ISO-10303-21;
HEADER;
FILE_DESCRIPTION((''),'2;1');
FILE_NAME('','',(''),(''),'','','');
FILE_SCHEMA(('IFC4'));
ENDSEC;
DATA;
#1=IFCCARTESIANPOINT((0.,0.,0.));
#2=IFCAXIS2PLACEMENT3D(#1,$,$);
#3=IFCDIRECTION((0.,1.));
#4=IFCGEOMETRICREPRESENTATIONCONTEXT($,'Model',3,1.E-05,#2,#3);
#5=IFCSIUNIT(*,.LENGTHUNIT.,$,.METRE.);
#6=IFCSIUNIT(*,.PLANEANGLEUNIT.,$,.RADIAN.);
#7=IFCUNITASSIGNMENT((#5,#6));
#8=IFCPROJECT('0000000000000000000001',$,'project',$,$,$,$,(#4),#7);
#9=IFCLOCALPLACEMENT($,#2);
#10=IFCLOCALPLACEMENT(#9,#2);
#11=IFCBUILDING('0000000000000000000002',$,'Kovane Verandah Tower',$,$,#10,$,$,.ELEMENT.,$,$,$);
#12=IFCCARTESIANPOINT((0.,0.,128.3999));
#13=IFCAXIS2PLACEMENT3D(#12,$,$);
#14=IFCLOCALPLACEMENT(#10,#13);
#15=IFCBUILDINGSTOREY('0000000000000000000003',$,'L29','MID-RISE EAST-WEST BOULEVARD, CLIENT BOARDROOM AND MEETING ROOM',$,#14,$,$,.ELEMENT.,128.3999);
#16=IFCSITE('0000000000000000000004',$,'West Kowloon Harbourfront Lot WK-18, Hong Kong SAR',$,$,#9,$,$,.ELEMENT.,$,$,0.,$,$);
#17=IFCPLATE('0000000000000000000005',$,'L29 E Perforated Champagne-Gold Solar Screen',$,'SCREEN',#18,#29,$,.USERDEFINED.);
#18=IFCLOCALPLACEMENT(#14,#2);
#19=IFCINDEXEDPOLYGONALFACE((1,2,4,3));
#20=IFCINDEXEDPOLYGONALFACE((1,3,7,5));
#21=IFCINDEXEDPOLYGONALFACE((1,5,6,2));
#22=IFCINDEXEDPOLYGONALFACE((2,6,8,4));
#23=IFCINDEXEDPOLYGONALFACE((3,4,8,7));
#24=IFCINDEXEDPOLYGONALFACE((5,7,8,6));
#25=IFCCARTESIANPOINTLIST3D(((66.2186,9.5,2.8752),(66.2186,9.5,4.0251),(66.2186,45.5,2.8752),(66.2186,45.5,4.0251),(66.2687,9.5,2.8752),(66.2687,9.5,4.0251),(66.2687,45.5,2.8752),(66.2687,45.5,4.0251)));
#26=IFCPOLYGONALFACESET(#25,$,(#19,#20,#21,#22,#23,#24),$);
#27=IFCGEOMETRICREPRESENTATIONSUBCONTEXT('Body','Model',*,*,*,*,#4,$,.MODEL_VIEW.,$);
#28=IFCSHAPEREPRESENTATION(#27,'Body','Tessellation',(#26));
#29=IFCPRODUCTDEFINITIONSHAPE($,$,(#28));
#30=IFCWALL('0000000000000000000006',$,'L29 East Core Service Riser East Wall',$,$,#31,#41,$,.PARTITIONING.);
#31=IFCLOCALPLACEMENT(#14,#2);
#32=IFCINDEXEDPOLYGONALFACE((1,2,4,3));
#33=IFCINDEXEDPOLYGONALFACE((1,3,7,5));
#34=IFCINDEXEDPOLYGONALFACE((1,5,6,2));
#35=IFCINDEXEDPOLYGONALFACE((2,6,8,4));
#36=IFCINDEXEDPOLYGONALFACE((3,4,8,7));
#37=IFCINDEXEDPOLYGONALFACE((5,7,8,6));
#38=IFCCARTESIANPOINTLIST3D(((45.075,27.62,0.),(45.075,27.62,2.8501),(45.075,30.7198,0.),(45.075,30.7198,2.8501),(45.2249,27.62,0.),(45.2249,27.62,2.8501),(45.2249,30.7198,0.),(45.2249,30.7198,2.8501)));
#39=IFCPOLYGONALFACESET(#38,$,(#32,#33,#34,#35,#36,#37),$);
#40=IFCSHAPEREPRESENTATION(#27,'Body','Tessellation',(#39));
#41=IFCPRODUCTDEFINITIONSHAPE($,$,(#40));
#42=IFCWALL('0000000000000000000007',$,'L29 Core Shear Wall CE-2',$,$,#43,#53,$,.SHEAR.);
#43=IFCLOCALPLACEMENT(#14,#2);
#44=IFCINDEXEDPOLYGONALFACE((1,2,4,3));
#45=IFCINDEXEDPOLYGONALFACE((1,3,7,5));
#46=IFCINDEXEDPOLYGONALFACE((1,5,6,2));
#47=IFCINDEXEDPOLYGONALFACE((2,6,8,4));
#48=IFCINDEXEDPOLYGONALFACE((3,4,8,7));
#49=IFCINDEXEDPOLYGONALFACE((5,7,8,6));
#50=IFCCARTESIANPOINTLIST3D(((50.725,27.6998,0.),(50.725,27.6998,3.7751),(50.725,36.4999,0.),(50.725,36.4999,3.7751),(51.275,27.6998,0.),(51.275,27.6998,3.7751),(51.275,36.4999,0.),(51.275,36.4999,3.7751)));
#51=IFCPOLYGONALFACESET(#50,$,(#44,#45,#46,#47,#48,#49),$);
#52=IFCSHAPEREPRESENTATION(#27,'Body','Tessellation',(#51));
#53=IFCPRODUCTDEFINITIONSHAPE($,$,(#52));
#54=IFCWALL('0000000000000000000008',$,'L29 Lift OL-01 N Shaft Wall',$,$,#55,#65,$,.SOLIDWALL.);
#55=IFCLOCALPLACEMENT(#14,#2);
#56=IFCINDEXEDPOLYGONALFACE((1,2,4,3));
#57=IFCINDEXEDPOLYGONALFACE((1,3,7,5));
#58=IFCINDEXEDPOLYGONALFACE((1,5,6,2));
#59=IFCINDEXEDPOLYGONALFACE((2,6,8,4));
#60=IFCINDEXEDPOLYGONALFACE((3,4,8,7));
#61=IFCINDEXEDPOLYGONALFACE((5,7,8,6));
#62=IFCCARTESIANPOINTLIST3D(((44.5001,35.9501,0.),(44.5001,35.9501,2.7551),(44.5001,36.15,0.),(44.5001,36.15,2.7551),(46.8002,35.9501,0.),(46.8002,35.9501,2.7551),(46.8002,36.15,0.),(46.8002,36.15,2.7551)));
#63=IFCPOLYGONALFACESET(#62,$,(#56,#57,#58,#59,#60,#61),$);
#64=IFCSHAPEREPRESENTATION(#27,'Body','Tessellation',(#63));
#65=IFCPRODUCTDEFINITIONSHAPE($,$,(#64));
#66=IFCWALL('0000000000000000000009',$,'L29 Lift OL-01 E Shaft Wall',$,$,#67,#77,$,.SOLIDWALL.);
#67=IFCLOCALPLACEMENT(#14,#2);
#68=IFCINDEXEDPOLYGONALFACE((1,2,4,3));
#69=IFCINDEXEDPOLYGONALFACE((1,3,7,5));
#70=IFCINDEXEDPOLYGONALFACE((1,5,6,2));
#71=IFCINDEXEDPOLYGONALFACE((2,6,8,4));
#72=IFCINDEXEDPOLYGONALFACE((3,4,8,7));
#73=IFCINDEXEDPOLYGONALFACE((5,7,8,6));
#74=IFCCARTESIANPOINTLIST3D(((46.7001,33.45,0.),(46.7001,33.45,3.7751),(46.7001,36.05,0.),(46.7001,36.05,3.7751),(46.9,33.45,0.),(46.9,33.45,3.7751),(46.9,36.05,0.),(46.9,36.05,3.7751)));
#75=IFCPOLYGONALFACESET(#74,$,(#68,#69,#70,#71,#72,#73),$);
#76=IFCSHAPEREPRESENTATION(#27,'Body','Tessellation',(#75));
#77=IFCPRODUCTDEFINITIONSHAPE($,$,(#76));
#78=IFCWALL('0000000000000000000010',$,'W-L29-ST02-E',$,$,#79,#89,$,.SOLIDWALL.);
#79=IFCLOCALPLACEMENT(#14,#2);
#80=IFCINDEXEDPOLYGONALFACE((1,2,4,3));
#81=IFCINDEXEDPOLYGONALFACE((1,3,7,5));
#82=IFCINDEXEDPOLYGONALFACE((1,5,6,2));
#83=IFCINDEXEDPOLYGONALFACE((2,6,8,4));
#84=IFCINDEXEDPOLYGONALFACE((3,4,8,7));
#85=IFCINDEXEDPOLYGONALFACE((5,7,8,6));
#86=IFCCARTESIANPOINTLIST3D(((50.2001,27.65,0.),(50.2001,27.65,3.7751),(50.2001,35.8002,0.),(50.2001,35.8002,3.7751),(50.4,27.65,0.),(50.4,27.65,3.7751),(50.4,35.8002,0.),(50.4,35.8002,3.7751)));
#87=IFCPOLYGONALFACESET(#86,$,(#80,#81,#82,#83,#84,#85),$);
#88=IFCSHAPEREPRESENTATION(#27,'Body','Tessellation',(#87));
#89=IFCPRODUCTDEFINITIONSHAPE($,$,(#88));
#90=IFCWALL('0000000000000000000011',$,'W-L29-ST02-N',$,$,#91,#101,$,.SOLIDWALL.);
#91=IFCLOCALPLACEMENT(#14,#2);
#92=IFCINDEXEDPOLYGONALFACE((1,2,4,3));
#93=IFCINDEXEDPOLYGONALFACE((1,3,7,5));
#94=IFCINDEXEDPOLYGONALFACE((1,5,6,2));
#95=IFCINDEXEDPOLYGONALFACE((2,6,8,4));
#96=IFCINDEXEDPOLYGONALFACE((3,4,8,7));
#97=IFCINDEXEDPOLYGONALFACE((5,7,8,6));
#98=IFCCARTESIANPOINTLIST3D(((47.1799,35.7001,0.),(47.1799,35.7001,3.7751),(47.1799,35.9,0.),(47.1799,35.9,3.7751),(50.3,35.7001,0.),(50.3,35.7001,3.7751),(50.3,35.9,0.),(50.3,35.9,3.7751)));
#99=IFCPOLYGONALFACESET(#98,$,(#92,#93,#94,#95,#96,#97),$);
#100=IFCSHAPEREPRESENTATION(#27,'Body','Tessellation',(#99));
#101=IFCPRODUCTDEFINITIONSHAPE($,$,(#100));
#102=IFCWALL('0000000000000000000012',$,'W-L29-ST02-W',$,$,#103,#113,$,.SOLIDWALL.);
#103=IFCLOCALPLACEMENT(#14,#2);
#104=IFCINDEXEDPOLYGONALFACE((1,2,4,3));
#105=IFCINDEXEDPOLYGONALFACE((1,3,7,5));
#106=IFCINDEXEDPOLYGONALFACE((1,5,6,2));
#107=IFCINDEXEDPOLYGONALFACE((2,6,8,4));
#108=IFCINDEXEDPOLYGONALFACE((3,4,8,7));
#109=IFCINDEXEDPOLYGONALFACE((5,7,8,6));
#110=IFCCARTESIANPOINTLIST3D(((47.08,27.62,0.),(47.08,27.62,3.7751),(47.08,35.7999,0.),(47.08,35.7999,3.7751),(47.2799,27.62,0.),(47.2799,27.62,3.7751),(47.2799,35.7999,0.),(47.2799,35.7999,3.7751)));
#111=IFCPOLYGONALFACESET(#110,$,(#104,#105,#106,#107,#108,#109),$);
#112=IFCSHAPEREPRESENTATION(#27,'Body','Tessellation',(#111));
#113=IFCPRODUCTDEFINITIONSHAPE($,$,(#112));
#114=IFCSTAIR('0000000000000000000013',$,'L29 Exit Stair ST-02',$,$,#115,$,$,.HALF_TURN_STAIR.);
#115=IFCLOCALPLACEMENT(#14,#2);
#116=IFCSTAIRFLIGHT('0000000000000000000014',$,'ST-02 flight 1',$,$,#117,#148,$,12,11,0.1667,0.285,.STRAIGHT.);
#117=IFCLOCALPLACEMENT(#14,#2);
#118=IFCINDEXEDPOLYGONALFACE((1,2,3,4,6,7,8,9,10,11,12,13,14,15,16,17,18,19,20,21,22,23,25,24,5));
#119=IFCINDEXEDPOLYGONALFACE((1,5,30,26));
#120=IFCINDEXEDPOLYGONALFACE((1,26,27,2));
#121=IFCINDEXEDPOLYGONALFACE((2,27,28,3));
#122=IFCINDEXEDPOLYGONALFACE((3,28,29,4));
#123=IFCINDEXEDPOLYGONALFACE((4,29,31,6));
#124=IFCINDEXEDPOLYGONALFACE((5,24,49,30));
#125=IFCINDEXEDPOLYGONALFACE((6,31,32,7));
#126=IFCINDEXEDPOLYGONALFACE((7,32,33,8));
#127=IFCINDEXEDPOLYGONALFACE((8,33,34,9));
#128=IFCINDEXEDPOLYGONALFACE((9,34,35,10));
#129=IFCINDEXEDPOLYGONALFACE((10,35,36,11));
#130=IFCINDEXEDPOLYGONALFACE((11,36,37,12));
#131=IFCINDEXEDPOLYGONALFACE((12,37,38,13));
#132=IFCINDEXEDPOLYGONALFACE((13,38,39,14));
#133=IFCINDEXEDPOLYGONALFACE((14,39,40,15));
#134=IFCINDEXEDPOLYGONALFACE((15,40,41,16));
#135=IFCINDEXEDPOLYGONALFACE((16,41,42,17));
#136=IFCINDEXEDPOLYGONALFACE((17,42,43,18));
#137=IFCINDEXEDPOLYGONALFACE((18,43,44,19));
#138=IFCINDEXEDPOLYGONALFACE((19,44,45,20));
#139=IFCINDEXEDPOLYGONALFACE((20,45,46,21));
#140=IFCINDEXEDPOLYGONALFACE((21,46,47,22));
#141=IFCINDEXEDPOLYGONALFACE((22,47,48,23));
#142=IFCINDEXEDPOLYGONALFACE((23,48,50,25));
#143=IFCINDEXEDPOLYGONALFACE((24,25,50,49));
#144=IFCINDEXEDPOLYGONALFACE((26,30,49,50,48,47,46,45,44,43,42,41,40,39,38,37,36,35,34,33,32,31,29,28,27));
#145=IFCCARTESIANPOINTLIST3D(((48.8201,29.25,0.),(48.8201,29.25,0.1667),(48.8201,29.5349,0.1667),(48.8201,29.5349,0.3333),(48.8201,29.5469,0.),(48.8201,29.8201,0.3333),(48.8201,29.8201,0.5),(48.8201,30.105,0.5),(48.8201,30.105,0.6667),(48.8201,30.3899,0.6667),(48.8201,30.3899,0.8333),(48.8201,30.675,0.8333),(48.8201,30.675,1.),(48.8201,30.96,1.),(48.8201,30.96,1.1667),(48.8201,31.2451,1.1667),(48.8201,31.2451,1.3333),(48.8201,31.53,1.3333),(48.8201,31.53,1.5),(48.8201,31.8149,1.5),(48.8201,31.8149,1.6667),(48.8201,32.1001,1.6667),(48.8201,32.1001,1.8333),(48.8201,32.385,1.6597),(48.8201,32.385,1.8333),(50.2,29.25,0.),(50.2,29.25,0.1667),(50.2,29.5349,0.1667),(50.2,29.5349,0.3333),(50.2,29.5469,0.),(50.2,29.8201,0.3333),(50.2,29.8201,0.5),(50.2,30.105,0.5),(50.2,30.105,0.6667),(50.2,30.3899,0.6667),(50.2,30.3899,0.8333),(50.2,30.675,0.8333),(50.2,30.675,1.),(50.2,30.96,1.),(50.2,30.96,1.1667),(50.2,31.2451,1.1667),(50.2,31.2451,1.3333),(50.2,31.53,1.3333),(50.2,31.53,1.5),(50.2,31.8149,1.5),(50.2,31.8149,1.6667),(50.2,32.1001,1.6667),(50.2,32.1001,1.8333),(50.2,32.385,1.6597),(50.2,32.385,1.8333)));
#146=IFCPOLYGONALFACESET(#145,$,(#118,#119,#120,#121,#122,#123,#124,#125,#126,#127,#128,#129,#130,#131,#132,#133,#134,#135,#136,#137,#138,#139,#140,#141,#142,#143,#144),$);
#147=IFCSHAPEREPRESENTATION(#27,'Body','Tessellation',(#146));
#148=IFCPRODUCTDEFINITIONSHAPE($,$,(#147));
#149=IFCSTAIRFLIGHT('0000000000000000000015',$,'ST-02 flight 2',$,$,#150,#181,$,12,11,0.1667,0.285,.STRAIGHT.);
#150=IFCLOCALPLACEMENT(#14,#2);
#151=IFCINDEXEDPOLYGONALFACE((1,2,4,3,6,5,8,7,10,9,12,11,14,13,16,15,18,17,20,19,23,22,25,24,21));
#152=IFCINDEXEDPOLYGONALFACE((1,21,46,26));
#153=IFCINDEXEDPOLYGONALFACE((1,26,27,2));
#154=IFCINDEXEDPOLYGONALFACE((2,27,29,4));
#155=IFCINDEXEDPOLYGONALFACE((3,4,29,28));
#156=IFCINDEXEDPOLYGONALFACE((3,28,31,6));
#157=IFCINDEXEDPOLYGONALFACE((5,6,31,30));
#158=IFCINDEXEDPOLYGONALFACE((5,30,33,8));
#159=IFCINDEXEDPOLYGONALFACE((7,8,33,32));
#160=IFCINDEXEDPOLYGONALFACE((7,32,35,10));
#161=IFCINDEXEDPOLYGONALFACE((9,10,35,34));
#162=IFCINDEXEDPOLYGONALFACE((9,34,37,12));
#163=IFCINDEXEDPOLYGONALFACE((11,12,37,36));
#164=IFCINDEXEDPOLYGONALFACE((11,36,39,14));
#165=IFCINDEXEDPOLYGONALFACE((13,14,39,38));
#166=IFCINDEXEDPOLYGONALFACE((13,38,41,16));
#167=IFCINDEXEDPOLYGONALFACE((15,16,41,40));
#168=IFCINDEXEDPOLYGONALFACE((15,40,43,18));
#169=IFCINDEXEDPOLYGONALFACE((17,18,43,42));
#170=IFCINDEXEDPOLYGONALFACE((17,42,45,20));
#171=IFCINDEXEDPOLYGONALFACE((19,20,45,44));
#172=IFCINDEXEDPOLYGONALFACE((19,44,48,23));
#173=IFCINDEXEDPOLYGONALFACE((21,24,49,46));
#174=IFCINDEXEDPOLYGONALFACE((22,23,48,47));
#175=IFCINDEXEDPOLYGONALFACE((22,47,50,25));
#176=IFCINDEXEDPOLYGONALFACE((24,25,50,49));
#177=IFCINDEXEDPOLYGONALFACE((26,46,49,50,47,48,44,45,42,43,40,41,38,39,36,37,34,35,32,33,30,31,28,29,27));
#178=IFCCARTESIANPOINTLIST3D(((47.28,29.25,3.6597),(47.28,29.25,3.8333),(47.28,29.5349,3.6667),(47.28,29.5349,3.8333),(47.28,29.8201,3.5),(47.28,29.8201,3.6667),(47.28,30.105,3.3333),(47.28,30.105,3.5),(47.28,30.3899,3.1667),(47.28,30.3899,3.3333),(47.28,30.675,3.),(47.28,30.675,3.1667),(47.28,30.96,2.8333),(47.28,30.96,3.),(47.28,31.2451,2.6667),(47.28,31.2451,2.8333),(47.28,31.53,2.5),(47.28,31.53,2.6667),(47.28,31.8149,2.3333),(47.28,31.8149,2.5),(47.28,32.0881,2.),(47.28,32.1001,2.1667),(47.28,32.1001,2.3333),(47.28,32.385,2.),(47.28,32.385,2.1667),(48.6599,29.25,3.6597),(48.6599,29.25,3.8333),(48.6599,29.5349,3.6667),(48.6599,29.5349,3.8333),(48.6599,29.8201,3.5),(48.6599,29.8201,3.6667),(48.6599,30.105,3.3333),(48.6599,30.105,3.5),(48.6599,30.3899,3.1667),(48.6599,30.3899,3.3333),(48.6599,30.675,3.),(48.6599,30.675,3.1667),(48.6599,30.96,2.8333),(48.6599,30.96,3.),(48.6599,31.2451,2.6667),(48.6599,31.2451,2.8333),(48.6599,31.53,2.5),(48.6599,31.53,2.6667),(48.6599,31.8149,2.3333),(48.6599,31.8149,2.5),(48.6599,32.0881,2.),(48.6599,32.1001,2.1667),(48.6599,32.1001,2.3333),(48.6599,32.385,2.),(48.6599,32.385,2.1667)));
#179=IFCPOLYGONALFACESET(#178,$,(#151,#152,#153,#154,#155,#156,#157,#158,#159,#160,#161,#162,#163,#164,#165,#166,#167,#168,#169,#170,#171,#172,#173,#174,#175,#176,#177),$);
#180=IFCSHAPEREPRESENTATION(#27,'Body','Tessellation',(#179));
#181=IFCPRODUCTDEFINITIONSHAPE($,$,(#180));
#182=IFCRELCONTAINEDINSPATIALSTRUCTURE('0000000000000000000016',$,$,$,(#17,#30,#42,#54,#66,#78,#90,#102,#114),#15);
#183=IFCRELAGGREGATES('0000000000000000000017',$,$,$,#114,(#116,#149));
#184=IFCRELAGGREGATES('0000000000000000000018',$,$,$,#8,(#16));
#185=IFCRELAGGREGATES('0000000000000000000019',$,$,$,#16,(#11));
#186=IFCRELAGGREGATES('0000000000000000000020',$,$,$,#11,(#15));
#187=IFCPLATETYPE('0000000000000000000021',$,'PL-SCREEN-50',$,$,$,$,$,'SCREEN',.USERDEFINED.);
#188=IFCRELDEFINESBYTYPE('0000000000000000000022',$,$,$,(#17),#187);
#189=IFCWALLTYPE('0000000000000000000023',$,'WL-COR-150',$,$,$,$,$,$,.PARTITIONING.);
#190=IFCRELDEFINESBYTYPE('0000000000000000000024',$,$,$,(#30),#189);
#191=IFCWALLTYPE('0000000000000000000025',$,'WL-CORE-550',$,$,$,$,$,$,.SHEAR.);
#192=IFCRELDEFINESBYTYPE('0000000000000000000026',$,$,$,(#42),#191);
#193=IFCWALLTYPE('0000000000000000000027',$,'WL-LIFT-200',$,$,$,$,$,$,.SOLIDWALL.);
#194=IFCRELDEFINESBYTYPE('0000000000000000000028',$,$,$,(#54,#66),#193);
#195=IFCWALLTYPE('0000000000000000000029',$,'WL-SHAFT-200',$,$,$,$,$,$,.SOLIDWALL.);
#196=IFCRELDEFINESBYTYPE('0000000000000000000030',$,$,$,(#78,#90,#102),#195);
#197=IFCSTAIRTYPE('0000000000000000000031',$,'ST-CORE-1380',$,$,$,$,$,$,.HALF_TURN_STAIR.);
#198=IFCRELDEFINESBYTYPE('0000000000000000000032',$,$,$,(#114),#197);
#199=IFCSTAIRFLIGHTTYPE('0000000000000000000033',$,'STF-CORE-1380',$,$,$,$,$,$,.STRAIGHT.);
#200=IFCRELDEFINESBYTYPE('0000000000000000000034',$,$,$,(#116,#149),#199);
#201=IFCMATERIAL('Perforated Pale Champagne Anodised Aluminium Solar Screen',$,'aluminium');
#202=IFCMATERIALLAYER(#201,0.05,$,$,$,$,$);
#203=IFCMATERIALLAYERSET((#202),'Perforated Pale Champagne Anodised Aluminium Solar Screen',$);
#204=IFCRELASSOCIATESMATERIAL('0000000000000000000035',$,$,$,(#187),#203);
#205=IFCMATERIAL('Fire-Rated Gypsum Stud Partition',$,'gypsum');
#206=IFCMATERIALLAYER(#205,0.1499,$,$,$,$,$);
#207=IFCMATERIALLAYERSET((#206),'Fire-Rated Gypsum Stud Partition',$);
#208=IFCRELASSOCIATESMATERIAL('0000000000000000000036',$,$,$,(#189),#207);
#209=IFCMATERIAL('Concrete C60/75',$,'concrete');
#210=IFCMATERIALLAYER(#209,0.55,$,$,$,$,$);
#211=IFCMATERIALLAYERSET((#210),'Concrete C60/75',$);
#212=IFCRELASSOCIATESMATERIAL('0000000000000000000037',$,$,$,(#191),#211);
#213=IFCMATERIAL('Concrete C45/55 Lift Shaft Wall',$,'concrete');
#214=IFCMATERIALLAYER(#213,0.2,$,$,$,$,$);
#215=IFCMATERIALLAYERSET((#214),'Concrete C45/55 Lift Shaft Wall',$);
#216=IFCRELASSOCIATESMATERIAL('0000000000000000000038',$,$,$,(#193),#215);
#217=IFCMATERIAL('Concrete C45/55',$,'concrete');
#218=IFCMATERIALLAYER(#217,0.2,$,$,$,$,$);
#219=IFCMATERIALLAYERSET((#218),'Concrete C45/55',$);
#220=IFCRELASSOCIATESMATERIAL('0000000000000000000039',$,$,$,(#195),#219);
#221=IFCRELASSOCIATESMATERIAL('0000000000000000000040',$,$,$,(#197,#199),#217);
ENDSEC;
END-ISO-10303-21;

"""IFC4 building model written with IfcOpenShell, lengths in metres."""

from ifc_helpers import new_model, si_unit, direction, frame, frame_2d, origin, origin_2d, place, context, subcontext, project, spatial, polyline, rectangle, outline, extrude, material, layer, layer_set, type_object, element, aggregate, save


model = new_model("IFC4")

# Units and contexts
model_context = context("Model", 3, precision=1e-05, world=origin(), true_north=direction((0.0, 1.0)))
body_context = subcontext(model_context, "Body", "Model", "MODEL_VIEW")
ifc_project = project(units=[si_unit("LENGTHUNIT", "METRE"), si_unit("PLANEANGLEUNIT", "RADIAN")], contexts=[model_context])

# Site, building, storey
site_placement = place(None, origin())
site = spatial("IfcSite", under=ifc_project, at=site_placement, Name="West Kowloon Harbourfront Lot WK-18, Hong Kong SAR", CompositionType="ELEMENT", RefElevation=0.0)
building_placement = place(site_placement, origin())
building = spatial("IfcBuilding", under=site, at=building_placement, Name="Kovane Verandah Tower", CompositionType="ELEMENT")
storey_placement = place(building_placement, frame((0.0, 0.0, 128.3999)))
storey = spatial("IfcBuildingStorey", under=building, at=storey_placement, Name="L29", Description="MID-RISE EAST-WEST BOULEVARD, CLIENT BOARDROOM AND MEETING ROOM", CompositionType="ELEMENT", Elevation=128.3999)

# Plate
ifc_material_1 = material(Name="Perforated Pale Champagne Anodised Aluminium Solar Screen", Category="aluminium")
ifc_layer_1 = layer(ifc_material_1, 0.05)
ifc_layer_set_1 = layer_set([ifc_layer_1], Name="Perforated Pale Champagne Anodised Aluminium Solar Screen")
plate_type = type_object("IfcPlateType", Name="PL-SCREEN-50", ElementType="SCREEN", PredefinedType="USERDEFINED", material=ifc_layer_set_1)
plate_placement = place(storey_placement, frame((66.2437, 27.5, 2.8752), z_axis=(0.0, 0.0, 1.0), x_axis=(0.0, 1.0, 0.0)))
element("IfcPlate", 1, at=plate_placement, inside=storey, type_object=plate_type, Name="L29 E Perforated Champagne-Gold Solar Screen", ObjectType="SCREEN", PredefinedType="USERDEFINED", context=body_context, shape_type="SweptSolid", body=[
    extrude(rectangle(XDim=36.0, YDim=0.05, at=origin_2d()), origin(), (0.0, 0.0, 1.0), 1.1499),
])

# Walls
ifc_material_2 = material(Name="Fire-Rated Gypsum Stud Partition", Category="gypsum")
ifc_layer_2 = layer(ifc_material_2, 0.1499)
ifc_layer_set_2 = layer_set([ifc_layer_2], Name="Fire-Rated Gypsum Stud Partition")
wall_type_1 = type_object("IfcWallType", Name="WL-COR-150", PredefinedType="PARTITIONING", material=ifc_layer_set_2)
wall_1_placement = place(storey_placement, frame((45.1499, 27.6201, 0.0), z_axis=(0.0, 0.0, 1.0), x_axis=(0.0, 1.0, 0.0)))
element("IfcWall", 2, at=wall_1_placement, inside=storey, type_object=wall_type_1, Name="L29 East Core Service Riser East Wall", PredefinedType="PARTITIONING", context=body_context, shape_type="SweptSolid", body=[
    extrude(rectangle(XDim=3.0999, YDim=0.1499, at=frame_2d((1.5498, 0.0))), origin(), (0.0, 0.0, 1.0), 2.8501),
])
ifc_material_3 = material(Name="Concrete C60/75", Category="concrete")
ifc_layer_3 = layer(ifc_material_3, 0.55)
ifc_layer_set_3 = layer_set([ifc_layer_3], Name="Concrete C60/75")
wall_type_2 = type_object("IfcWallType", Name="WL-CORE-550", PredefinedType="SHEAR", material=ifc_layer_set_3)
wall_2_placement = place(storey_placement, frame((51.0, 27.7, 0.0), z_axis=(0.0, 0.0, 1.0), x_axis=(0.0, 1.0, 0.0)))
element("IfcWall", 3, at=wall_2_placement, inside=storey, type_object=wall_type_2, Name="L29 Core Shear Wall CE-2", PredefinedType="SHEAR", context=body_context, shape_type="SweptSolid", body=[
    extrude(rectangle(XDim=8.8, YDim=0.55, at=frame_2d((4.3999, 0.0))), origin(), (0.0, 0.0, 1.0), 3.7751),
])

# Walls
ifc_material_4 = material(Name="Concrete C45/55 Lift Shaft Wall", Category="concrete")
ifc_layer_4 = layer(ifc_material_4, 0.2)
ifc_layer_set_4 = layer_set([ifc_layer_4], Name="Concrete C45/55 Lift Shaft Wall")
wall_type_3 = type_object("IfcWallType", Name="WL-LIFT-200", PredefinedType="SOLIDWALL", material=ifc_layer_set_4)
wall_3_placement = place(storey_placement, frame((46.8, 36.05, 0.0), z_axis=(0.0, 0.0, 1.0), x_axis=(-1.0, 0.0, 0.0)))
element("IfcWall", 4, at=wall_3_placement, inside=storey, type_object=wall_type_3, Name="L29 Lift OL-01 N Shaft Wall", PredefinedType="SOLIDWALL", context=body_context, shape_type="SweptSolid", body=[
    extrude(rectangle(XDim=2.3, YDim=0.2, at=frame_2d((1.1499, 0.0))), origin(), (0.0, 0.0, 1.0), 2.7551),
])
wall_4_placement = place(storey_placement, frame((46.8, 33.45, 0.0), z_axis=(0.0, 0.0, 1.0), x_axis=(0.0, 1.0, 0.0)))
element("IfcWall", 5, at=wall_4_placement, inside=storey, type_object=wall_type_3, Name="L29 Lift OL-01 E Shaft Wall", PredefinedType="SOLIDWALL", context=body_context, shape_type="SweptSolid", body=[
    extrude(rectangle(XDim=2.6001, YDim=0.2, at=frame_2d((1.3, 0.0))), origin(), (0.0, 0.0, 1.0), 3.7751),
])
ifc_material_5 = material(Name="Concrete C45/55", Category="concrete")
ifc_layer_5 = layer(ifc_material_5, 0.2)
ifc_layer_set_5 = layer_set([ifc_layer_5], Name="Concrete C45/55")
wall_type_4 = type_object("IfcWallType", Name="WL-SHAFT-200", PredefinedType="SOLIDWALL", material=ifc_layer_set_5)
wall_5_placement = place(storey_placement, frame((50.3, 27.6499, 0.0), z_axis=(0.0, 0.0, 1.0), x_axis=(0.0, 1.0, 0.0)))
element("IfcWall", 6, at=wall_5_placement, inside=storey, type_object=wall_type_4, Name="W-L29-ST02-E", PredefinedType="SOLIDWALL", context=body_context, shape_type="SweptSolid", body=[
    extrude(rectangle(XDim=8.1501, YDim=0.2, at=frame_2d((4.0752, 0.0))), origin(), (0.0, 0.0, 1.0), 3.7751),
])
wall_6_placement = place(storey_placement, frame((47.1799, 35.8, 0.0), z_axis=(0.0, 0.0, 1.0), x_axis=(1.0, 0.0, 0.0)))
element("IfcWall", 7, at=wall_6_placement, inside=storey, type_object=wall_type_4, Name="W-L29-ST02-N", PredefinedType="SOLIDWALL", context=body_context, shape_type="SweptSolid", body=[
    extrude(rectangle(XDim=3.1201, YDim=0.2, at=frame_2d((1.5601, 0.0))), origin(), (0.0, 0.0, 1.0), 3.7751),
])
wall_7_placement = place(storey_placement, frame((47.1799, 27.6201, 0.0), z_axis=(0.0, 0.0, 1.0), x_axis=(0.0, 1.0, 0.0)))
element("IfcWall", 8, at=wall_7_placement, inside=storey, type_object=wall_type_4, Name="W-L29-ST02-W", PredefinedType="SOLIDWALL", context=body_context, shape_type="SweptSolid", body=[
    extrude(rectangle(XDim=8.1799, YDim=0.2, at=frame_2d((4.0898, 0.0))), origin(), (0.0, 0.0, 1.0), 3.7751),
])

# Stair, stair flights
stair_type = type_object("IfcStairType", Name="ST-CORE-1380", PredefinedType="HALF_TURN_STAIR", material=ifc_material_5)
stair_placement = place(storey_placement, origin())
stair = element("IfcStair", 9, at=stair_placement, inside=storey, type_object=stair_type, Name="L29 Exit Stair ST-02", PredefinedType="HALF_TURN_STAIR")
stair_flight_type = type_object("IfcStairFlightType", Name="STF-CORE-1380", PredefinedType="STRAIGHT", material=ifc_material_5)
stair_flight_1_placement = place(storey_placement, frame((49.51, 29.25, 0.0), z_axis=(0.0, 0.0, 1.0), x_axis=(0.0, 1.0, 0.0)))
stair_flight_1 = element("IfcStairFlight", 10, at=stair_flight_1_placement, type_object=stair_flight_type, Name="ST-02 flight 1", NumberOfRisers=12, NumberOfTreads=11, PredefinedType="STRAIGHT", RiserHeight=0.1667, TreadLength=0.285, context=body_context, shape_type="SweptSolid", body=[
    extrude(outline(polyline([(0.0, 0.0), (0.0, 0.1667), (0.2849, 0.1667), (0.2849, 0.3333), (0.5701, 0.3333), (0.5701, 0.5), (0.855, 0.5), (0.855, 0.6667), (1.1399, 0.6667), (1.1399, 0.8333), (1.425, 0.8333), (1.425, 1.0), (1.71, 1.0), (1.71, 1.1667), (1.9951, 1.1667), (1.9951, 1.3333), (2.28, 1.3333), (2.28, 1.5), (2.5649, 1.5), (2.5649, 1.6667), (2.8501, 1.6667), (2.8501, 1.8333), (3.135, 1.8333), (3.135, 2.0), (3.135, 1.6597), (0.2969, 0.0), (0.0, 0.0)])), frame((0.0, 0.6899, 0.0), z_axis=(0.0, -1.0, 0.0), x_axis=(1.0, 0.0, 0.0)), (0.0, 0.0, 1.0), 1.3799),
])
stair_flight_2_placement = place(storey_placement, frame((47.97, 32.385, 2.0), z_axis=(0.0, 0.0, 1.0), x_axis=(0.0, -1.0, 0.0)))
stair_flight_2 = element("IfcStairFlight", 11, at=stair_flight_2_placement, type_object=stair_flight_type, Name="ST-02 flight 2", NumberOfRisers=12, NumberOfTreads=11, PredefinedType="STRAIGHT", RiserHeight=0.1667, TreadLength=0.285, context=body_context, shape_type="SweptSolid", body=[
    extrude(outline(polyline([(0.0, 0.0), (0.0, 0.1667), (0.2849, 0.1667), (0.2849, 0.3333), (0.5701, 0.3333), (0.5701, 0.5), (0.855, 0.5), (0.855, 0.6667), (1.1399, 0.6667), (1.1399, 0.8333), (1.425, 0.8333), (1.425, 1.0), (1.71, 1.0), (1.71, 1.1667), (1.9951, 1.1667), (1.9951, 1.3333), (2.28, 1.3333), (2.28, 1.5), (2.5649, 1.5), (2.5649, 1.6667), (2.8501, 1.6667), (2.8501, 1.8333), (3.135, 1.8333), (3.135, 2.0), (3.135, 1.6597), (0.2969, 0.0), (0.0, 0.0)])), frame((0.0, 0.6899, 0.0), z_axis=(0.0, -1.0, 0.0), x_axis=(1.0, 0.0, 0.0)), (0.0, 0.0, 1.0), 1.3799),
])
aggregate(stair, [stair_flight_1, stair_flight_2])

save(model, "model.ifc")
